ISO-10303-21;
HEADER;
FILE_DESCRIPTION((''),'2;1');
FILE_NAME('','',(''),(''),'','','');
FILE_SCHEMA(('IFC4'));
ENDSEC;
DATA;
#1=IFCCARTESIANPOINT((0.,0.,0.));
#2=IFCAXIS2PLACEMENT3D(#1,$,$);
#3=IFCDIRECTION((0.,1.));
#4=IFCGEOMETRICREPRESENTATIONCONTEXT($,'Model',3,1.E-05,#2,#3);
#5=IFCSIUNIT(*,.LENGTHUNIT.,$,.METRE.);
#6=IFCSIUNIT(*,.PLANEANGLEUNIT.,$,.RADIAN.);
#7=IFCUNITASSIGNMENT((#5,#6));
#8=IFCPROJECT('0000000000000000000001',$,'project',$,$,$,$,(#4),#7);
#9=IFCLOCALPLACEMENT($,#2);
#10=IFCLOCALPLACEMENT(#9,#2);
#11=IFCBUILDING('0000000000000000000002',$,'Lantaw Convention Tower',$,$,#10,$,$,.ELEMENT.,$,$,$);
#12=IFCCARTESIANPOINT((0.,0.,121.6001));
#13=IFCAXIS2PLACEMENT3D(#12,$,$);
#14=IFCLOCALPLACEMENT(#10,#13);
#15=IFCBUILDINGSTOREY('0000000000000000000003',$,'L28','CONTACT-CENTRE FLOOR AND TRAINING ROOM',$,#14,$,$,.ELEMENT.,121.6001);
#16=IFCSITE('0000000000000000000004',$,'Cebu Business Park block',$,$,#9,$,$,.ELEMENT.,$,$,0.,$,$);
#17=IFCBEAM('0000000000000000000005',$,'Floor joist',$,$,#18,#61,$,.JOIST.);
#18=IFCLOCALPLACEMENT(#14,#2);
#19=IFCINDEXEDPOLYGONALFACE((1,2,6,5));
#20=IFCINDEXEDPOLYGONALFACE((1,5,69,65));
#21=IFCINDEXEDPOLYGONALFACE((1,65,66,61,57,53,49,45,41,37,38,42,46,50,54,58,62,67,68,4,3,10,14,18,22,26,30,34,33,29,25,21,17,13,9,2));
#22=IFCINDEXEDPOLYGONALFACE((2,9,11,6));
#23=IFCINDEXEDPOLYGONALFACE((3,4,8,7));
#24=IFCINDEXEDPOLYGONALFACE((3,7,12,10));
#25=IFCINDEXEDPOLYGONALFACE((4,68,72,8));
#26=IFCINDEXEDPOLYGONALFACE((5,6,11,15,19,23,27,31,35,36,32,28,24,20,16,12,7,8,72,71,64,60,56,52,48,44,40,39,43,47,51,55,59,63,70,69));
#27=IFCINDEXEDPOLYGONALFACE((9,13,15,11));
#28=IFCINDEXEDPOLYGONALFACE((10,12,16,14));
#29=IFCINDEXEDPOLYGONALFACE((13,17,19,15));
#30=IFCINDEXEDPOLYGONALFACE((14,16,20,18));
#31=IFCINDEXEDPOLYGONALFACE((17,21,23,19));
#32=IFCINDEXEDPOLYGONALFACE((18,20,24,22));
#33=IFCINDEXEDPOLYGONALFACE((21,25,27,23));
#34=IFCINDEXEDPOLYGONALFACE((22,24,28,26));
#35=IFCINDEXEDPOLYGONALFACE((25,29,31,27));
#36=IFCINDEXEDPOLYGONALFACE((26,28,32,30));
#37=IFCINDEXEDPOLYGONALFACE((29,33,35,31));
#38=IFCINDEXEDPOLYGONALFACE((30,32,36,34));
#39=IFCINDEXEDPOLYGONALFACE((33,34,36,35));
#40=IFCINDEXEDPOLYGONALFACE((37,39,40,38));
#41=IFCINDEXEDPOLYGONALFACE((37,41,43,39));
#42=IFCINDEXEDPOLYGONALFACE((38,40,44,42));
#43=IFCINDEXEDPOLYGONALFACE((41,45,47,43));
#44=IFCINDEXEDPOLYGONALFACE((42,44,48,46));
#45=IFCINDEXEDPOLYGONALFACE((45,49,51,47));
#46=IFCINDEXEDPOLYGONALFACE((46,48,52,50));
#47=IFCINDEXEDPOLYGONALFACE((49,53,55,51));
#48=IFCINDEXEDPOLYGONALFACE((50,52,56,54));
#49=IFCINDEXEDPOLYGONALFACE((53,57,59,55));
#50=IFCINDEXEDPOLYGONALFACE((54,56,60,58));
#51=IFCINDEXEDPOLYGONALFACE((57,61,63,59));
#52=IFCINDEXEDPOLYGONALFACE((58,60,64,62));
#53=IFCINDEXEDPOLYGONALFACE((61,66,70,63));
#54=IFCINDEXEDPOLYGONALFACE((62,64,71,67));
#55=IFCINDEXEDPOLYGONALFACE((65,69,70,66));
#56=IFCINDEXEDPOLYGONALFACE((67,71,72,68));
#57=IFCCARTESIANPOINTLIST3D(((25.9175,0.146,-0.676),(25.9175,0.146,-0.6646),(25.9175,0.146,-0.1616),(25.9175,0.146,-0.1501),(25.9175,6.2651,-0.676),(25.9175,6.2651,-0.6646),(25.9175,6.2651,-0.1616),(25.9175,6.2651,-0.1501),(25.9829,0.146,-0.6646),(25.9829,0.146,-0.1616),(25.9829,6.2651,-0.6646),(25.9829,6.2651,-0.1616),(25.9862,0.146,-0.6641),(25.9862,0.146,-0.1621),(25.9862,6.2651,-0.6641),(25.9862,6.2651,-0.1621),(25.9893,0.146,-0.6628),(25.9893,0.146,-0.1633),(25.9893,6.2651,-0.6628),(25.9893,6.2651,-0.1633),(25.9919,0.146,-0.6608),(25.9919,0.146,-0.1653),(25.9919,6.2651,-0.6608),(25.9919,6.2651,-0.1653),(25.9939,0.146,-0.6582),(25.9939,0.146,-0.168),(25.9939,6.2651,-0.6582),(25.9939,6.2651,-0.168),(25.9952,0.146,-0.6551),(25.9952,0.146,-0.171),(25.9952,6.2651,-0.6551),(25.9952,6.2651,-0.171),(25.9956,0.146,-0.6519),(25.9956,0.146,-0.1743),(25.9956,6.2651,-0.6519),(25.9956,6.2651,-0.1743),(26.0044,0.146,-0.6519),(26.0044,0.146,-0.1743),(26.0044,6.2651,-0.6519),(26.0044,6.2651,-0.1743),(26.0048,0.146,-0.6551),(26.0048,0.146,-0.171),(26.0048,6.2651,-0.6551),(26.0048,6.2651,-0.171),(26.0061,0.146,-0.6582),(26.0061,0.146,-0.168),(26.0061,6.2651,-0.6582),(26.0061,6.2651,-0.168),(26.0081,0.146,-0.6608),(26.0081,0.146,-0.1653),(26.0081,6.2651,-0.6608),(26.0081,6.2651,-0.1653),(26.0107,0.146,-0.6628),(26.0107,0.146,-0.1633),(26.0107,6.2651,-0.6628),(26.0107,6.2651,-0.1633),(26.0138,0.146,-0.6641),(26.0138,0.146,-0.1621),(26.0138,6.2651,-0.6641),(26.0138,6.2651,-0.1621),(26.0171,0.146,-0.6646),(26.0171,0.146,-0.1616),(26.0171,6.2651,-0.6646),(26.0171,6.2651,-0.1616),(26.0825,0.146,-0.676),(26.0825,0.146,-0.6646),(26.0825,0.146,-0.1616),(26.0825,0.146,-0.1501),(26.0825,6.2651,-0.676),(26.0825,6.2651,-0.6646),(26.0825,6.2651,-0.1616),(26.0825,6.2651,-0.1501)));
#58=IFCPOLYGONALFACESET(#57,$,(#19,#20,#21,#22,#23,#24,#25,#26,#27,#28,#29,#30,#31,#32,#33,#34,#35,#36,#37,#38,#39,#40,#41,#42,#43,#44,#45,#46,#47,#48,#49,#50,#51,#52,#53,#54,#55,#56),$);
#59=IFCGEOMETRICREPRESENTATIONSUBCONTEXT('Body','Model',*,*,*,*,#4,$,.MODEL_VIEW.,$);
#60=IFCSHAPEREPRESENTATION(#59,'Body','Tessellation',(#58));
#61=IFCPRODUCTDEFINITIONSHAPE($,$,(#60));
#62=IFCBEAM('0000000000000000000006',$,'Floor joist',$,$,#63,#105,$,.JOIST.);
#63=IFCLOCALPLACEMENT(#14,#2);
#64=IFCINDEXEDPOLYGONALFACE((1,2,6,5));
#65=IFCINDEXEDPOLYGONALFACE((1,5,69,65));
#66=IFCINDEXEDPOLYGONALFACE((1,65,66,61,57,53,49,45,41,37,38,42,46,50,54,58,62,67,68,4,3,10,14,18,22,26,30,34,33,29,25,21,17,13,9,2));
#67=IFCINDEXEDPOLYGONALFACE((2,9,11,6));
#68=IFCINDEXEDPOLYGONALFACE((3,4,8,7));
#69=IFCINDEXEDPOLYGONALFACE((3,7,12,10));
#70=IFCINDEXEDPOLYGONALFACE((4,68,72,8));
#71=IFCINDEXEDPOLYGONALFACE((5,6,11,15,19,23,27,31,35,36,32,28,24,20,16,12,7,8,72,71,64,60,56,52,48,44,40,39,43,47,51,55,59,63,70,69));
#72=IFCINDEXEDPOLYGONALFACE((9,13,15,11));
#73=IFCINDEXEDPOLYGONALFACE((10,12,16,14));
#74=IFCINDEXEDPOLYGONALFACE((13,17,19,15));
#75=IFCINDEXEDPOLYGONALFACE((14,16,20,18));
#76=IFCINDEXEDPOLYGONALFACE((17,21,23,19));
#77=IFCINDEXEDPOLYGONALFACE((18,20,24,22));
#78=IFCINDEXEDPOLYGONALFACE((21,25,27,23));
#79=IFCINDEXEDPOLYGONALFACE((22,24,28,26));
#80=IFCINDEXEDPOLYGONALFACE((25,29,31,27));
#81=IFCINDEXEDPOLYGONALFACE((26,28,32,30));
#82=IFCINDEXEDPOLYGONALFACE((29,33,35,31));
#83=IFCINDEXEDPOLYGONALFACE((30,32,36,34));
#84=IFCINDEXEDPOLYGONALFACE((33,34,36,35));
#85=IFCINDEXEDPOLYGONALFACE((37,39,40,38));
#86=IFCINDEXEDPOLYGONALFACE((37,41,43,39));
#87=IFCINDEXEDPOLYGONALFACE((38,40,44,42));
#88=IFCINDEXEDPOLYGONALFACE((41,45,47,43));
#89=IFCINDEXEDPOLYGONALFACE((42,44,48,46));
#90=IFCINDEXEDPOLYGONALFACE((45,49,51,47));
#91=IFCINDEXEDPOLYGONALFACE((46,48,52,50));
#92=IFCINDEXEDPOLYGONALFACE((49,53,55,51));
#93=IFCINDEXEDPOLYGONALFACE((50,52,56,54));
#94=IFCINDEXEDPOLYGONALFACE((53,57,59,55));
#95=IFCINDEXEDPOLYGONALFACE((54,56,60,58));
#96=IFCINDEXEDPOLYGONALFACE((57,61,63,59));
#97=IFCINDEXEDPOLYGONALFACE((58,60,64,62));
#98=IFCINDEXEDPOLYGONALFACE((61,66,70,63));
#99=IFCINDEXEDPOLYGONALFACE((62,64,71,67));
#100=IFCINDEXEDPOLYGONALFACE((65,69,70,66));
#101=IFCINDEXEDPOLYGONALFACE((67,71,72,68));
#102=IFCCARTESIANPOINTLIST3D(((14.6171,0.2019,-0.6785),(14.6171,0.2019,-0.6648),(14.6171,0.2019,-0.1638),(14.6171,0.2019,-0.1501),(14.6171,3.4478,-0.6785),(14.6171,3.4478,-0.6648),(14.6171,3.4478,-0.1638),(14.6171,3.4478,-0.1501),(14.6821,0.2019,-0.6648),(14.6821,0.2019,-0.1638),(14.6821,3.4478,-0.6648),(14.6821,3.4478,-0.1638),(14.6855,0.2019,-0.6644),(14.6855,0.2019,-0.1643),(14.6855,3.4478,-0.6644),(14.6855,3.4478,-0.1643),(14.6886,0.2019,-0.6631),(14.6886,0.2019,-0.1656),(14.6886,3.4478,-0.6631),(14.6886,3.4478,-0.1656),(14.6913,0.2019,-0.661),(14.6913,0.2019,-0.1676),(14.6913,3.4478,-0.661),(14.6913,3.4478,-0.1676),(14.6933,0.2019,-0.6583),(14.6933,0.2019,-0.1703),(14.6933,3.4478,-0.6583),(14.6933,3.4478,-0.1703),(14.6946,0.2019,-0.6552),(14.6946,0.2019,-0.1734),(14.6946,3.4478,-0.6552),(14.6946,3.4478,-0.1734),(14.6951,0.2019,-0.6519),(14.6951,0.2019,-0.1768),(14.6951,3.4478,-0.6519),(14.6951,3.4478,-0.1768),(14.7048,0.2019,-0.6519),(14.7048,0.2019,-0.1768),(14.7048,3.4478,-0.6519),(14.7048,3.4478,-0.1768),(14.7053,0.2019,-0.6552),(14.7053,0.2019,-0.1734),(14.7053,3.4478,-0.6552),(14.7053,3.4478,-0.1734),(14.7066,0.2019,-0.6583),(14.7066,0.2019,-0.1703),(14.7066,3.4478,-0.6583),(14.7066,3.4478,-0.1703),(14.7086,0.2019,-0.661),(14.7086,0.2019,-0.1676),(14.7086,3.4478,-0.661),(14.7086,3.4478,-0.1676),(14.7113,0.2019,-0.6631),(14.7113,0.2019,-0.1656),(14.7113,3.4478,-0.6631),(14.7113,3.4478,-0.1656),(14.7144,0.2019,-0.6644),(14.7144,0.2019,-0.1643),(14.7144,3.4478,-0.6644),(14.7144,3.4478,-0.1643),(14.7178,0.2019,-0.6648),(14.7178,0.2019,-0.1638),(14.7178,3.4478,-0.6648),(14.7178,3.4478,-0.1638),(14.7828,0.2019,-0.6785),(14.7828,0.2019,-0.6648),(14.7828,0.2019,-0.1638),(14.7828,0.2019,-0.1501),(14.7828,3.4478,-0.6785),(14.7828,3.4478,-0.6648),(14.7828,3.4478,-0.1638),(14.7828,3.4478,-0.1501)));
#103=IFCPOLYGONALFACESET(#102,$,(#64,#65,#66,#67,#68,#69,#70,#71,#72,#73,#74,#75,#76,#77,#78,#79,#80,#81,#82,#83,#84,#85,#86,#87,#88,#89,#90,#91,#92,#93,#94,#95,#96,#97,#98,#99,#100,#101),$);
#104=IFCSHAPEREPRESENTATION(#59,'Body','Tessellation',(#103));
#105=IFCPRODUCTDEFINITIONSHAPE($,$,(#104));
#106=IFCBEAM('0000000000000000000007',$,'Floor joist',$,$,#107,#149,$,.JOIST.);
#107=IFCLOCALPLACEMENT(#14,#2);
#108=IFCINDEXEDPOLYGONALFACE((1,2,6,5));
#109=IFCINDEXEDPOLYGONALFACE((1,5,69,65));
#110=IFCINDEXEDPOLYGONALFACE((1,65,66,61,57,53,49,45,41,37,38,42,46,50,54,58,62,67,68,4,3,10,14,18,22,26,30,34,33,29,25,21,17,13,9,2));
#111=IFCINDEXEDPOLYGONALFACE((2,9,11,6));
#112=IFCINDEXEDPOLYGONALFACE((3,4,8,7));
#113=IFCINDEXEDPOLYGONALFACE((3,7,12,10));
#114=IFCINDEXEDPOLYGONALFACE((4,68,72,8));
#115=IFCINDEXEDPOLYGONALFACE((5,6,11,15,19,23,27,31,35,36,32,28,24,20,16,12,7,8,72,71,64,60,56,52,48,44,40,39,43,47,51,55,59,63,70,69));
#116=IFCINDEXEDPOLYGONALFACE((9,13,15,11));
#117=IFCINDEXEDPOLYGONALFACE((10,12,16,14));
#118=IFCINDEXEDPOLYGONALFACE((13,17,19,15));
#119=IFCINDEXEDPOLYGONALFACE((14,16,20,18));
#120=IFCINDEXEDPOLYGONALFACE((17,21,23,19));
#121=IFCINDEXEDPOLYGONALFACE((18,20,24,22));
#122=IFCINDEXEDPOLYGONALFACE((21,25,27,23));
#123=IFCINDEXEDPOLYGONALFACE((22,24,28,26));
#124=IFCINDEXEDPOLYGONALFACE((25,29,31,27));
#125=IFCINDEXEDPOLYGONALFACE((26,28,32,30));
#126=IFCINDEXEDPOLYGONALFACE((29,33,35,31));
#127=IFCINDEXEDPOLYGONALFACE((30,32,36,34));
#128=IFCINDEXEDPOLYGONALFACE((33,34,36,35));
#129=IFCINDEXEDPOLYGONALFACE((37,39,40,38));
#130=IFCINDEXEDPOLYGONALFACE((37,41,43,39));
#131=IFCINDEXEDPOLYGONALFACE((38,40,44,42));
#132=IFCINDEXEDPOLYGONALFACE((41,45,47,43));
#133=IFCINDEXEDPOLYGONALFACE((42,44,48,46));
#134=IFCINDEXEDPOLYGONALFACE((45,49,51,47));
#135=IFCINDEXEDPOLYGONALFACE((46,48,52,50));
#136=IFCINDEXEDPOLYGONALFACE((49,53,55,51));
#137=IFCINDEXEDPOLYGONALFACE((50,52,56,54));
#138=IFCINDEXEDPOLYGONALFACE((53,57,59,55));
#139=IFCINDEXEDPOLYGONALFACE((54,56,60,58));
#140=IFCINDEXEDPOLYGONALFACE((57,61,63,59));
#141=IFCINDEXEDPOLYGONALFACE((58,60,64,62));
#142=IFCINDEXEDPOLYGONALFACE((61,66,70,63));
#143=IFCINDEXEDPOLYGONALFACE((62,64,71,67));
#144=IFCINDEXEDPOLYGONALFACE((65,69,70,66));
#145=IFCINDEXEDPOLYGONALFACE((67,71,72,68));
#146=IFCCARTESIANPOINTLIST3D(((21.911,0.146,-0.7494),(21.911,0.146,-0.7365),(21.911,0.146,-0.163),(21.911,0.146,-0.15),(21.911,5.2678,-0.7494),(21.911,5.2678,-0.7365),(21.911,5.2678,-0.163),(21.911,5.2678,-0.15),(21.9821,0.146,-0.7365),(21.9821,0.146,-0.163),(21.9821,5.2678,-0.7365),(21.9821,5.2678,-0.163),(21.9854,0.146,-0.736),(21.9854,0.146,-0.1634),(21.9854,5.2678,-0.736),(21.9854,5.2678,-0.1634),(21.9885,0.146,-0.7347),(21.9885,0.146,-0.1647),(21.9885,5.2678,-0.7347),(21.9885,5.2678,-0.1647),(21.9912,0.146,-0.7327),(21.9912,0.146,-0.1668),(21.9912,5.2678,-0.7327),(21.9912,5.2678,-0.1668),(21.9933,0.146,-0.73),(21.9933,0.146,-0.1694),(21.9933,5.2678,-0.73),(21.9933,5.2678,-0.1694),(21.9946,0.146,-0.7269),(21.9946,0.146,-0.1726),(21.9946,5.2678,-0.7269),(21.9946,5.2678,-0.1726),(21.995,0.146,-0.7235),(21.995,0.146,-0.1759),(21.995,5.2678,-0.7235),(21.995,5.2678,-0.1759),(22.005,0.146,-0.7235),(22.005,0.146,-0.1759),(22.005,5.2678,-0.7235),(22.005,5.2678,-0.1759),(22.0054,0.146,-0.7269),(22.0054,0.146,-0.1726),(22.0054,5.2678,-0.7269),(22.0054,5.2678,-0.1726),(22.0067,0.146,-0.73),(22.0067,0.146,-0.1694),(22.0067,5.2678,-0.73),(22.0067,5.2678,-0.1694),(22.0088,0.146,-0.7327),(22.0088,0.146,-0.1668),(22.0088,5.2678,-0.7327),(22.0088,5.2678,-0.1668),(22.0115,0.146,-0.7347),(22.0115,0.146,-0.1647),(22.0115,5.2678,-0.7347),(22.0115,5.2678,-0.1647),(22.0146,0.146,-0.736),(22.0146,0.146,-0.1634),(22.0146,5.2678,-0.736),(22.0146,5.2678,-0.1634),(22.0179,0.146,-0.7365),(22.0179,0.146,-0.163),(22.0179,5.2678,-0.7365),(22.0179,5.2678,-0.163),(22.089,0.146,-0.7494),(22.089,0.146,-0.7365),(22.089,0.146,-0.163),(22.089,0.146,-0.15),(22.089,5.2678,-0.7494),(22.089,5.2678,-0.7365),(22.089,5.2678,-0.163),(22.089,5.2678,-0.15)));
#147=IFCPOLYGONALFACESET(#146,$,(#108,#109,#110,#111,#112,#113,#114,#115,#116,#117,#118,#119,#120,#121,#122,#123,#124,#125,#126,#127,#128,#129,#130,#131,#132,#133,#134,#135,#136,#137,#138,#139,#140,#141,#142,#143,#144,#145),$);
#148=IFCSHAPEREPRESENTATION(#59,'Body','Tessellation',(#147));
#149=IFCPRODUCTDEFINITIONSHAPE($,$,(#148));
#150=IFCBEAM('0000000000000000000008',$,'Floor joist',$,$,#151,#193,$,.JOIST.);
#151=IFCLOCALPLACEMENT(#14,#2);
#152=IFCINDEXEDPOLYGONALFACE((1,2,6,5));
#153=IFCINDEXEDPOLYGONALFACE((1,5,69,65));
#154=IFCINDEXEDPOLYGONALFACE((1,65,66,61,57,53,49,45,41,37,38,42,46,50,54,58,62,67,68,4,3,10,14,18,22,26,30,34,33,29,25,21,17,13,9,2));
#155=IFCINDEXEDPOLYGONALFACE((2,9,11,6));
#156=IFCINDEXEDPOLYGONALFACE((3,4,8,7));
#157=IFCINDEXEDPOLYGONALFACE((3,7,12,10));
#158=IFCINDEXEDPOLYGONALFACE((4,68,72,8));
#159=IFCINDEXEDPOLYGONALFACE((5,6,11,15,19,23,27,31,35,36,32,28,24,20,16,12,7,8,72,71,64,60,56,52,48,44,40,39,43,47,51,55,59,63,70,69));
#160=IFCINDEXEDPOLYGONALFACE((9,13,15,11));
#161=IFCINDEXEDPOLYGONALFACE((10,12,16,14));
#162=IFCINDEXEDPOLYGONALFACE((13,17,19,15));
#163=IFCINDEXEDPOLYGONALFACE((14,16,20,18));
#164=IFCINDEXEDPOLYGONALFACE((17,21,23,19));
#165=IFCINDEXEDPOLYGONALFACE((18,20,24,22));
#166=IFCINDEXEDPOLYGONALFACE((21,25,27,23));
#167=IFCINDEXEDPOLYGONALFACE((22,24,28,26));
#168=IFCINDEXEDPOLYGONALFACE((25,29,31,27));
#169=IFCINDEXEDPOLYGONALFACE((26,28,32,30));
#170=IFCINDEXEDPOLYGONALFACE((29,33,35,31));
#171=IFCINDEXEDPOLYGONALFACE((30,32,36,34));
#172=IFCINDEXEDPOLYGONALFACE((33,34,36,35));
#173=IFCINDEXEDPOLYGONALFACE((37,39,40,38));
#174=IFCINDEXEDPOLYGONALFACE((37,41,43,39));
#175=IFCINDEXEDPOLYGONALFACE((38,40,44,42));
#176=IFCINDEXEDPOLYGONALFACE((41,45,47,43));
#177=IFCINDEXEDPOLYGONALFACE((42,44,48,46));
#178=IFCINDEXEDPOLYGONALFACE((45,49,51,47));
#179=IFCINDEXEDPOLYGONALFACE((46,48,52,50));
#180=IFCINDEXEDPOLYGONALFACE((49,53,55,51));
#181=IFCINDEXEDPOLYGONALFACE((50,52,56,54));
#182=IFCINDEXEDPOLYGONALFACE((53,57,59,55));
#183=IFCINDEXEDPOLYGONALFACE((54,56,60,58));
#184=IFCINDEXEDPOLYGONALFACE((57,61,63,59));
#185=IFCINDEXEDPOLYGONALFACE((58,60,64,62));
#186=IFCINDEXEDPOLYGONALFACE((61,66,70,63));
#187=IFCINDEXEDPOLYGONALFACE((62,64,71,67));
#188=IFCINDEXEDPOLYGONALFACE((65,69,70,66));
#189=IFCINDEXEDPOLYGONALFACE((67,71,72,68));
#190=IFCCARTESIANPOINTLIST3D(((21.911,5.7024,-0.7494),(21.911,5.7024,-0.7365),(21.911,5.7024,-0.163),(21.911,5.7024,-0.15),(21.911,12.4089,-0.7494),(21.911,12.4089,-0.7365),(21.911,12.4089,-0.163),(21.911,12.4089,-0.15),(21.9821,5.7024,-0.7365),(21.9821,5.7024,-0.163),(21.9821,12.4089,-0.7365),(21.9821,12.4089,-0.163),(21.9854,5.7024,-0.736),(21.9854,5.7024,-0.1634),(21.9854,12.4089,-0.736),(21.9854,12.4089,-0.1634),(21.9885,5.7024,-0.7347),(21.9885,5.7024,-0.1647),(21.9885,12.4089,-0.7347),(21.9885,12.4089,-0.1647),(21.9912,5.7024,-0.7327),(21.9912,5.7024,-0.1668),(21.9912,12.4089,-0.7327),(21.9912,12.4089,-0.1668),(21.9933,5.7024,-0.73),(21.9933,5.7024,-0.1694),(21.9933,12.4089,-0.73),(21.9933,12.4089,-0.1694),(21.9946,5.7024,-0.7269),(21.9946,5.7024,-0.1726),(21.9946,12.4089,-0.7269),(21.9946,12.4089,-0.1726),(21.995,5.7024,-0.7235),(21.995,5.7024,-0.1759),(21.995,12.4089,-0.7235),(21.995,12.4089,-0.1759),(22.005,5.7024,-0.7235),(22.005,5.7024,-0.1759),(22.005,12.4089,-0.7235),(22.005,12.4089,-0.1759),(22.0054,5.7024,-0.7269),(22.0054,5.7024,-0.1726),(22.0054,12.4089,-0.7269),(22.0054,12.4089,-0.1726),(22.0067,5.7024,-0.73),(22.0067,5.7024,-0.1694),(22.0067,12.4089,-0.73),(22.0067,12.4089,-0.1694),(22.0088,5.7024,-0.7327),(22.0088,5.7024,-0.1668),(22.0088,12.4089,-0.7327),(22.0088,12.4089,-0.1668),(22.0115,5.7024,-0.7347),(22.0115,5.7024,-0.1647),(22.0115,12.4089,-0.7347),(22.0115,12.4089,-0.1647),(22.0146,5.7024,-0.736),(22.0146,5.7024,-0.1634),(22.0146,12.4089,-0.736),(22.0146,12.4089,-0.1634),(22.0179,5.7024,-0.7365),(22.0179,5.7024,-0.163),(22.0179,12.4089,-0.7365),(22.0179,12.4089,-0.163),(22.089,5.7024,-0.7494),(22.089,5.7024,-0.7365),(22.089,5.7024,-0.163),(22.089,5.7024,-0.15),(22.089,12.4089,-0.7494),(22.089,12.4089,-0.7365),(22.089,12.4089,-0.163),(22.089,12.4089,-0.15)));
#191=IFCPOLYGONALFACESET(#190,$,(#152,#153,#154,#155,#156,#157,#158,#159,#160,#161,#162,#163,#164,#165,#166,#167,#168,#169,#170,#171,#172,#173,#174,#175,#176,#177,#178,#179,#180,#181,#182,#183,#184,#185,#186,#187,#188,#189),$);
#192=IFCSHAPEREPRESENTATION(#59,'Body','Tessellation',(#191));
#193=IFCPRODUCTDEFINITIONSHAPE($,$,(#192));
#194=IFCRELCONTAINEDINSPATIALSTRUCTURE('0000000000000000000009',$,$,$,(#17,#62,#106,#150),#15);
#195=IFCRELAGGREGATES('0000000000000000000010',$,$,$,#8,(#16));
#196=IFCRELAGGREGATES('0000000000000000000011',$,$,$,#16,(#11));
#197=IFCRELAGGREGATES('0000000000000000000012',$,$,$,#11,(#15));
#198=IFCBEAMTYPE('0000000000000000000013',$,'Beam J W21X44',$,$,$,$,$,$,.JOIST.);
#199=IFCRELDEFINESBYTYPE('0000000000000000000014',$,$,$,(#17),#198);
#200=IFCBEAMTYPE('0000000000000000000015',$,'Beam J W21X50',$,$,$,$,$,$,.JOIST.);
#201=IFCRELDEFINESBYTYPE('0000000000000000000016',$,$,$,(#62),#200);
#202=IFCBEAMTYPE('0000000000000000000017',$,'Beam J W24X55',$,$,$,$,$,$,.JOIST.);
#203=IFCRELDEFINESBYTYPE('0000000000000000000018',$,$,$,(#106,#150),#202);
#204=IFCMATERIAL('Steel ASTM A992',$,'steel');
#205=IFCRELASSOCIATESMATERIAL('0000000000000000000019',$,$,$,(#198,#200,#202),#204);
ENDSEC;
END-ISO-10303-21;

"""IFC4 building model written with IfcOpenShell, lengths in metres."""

from ifc_helpers import new_model, si_unit, direction, frame, origin, origin_2d, place, context, subcontext, project, spatial, i_section, extrude, material, material_profile, profile_set, type_object, element, save


model = new_model("IFC4")

# Units and contexts
model_context = context("Model", 3, precision=1e-05, world=origin(), true_north=direction((0.0, 1.0)))
body_context = subcontext(model_context, "Body", "Model", "MODEL_VIEW")
ifc_project = project(units=[si_unit("LENGTHUNIT", "METRE"), si_unit("PLANEANGLEUNIT", "RADIAN")], contexts=[model_context])

# Site, building, storey
site_placement = place(None, origin())
site = spatial("IfcSite", under=ifc_project, at=site_placement, Name="Cebu Business Park block", CompositionType="ELEMENT", RefElevation=0.0)
building_placement = place(site_placement, origin())
building = spatial("IfcBuilding", under=site, at=building_placement, Name="Lantaw Convention Tower", CompositionType="ELEMENT")
storey_placement = place(building_placement, frame((0.0, 0.0, 121.6001)))
storey = spatial("IfcBuildingStorey", under=building, at=storey_placement, Name="L28", Description="CONTACT-CENTRE FLOOR AND TRAINING ROOM", CompositionType="ELEMENT", Elevation=121.6001)

# Beams
ifc_material_1 = material(Name="Steel ASTM A992", Category="steel")
ifc_material_profile_1 = material_profile(ifc_material_1, i_section(OverallWidth=0.165, OverallDepth=0.5259, WebThickness=0.0088, FlangeThickness=0.0115, FilletRadius=0.0127, at=origin_2d()), Name="W21X44")
ifc_profile_set_1 = profile_set([ifc_material_profile_1], Name="Steel ASTM A992")
beam_type_1 = type_object("IfcBeamType", Name="Beam J W21X44", PredefinedType="JOIST", material=ifc_profile_set_1)
beam_1_placement = place(storey_placement, frame((26.0, 0.146, -0.4131), z_axis=(0.0, 1.0, 0.0), x_axis=(-1.0, 0.0, 0.0)))
element("IfcBeam", 1, at=beam_1_placement, inside=storey, type_object=beam_type_1, Name="Floor joist", PredefinedType="JOIST", context=body_context, shape_type="SweptSolid", body=[
    extrude(i_section(OverallWidth=0.165, OverallDepth=0.5259, WebThickness=0.0088, FlangeThickness=0.0115, FilletRadius=0.0127, at=origin_2d()), origin(), (0.0, 0.0, 1.0), 6.1191),
])
ifc_material_profile_2 = material_profile(ifc_material_1, i_section(OverallWidth=0.1658, OverallDepth=0.5283, WebThickness=0.0098, FlangeThickness=0.0137, FilletRadius=0.0129, at=origin_2d()), Name="W21X50")
ifc_profile_set_2 = profile_set([ifc_material_profile_2], Name="Steel ASTM A992")
beam_type_2 = type_object("IfcBeamType", Name="Beam J W21X50", PredefinedType="JOIST", material=ifc_profile_set_2)
beam_2_placement = place(storey_placement, frame((14.7, 0.2019, -0.4143), z_axis=(0.0, 1.0, 0.0), x_axis=(-1.0, 0.0, 0.0)))
element("IfcBeam", 2, at=beam_2_placement, inside=storey, type_object=beam_type_2, Name="Floor joist", PredefinedType="JOIST", context=body_context, shape_type="SweptSolid", body=[
    extrude(i_section(OverallWidth=0.1658, OverallDepth=0.5283, WebThickness=0.0098, FlangeThickness=0.0137, FilletRadius=0.0129, at=origin_2d()), origin(), (0.0, 0.0, 1.0), 3.2458),
])
ifc_material_profile_3 = material_profile(ifc_material_1, i_section(OverallWidth=0.178, OverallDepth=0.5994, WebThickness=0.01, FlangeThickness=0.0129, FilletRadius=0.0129, at=origin_2d()), Name="W24X55")
ifc_profile_set_3 = profile_set([ifc_material_profile_3], Name="Steel ASTM A992")
beam_type_3 = type_object("IfcBeamType", Name="Beam J W24X55", PredefinedType="JOIST", material=ifc_profile_set_3)
beam_3_placement = place(storey_placement, frame((22.0, 0.146, -0.4497), z_axis=(0.0, 1.0, 0.0), x_axis=(-1.0, 0.0, 0.0)))
element("IfcBeam", 3, at=beam_3_placement, inside=storey, type_object=beam_type_3, Name="Floor joist", PredefinedType="JOIST", context=body_context, shape_type="SweptSolid", body=[
    extrude(i_section(OverallWidth=0.178, OverallDepth=0.5994, WebThickness=0.01, FlangeThickness=0.0129, FilletRadius=0.0129, at=origin_2d()), origin(), (0.0, 0.0, 1.0), 5.1218),
])
beam_4_placement = place(storey_placement, frame((22.0, 5.7024, -0.4497), z_axis=(0.0, 1.0, 0.0), x_axis=(-1.0, 0.0, 0.0)))
element("IfcBeam", 4, at=beam_4_placement, inside=storey, type_object=beam_type_3, Name="Floor joist", PredefinedType="JOIST", context=body_context, shape_type="SweptSolid", body=[
    extrude(i_section(OverallWidth=0.178, OverallDepth=0.5994, WebThickness=0.01, FlangeThickness=0.0129, FilletRadius=0.0129, at=origin_2d()), origin(), (0.0, 0.0, 1.0), 6.7065),
])

save(model, "model.ifc")
